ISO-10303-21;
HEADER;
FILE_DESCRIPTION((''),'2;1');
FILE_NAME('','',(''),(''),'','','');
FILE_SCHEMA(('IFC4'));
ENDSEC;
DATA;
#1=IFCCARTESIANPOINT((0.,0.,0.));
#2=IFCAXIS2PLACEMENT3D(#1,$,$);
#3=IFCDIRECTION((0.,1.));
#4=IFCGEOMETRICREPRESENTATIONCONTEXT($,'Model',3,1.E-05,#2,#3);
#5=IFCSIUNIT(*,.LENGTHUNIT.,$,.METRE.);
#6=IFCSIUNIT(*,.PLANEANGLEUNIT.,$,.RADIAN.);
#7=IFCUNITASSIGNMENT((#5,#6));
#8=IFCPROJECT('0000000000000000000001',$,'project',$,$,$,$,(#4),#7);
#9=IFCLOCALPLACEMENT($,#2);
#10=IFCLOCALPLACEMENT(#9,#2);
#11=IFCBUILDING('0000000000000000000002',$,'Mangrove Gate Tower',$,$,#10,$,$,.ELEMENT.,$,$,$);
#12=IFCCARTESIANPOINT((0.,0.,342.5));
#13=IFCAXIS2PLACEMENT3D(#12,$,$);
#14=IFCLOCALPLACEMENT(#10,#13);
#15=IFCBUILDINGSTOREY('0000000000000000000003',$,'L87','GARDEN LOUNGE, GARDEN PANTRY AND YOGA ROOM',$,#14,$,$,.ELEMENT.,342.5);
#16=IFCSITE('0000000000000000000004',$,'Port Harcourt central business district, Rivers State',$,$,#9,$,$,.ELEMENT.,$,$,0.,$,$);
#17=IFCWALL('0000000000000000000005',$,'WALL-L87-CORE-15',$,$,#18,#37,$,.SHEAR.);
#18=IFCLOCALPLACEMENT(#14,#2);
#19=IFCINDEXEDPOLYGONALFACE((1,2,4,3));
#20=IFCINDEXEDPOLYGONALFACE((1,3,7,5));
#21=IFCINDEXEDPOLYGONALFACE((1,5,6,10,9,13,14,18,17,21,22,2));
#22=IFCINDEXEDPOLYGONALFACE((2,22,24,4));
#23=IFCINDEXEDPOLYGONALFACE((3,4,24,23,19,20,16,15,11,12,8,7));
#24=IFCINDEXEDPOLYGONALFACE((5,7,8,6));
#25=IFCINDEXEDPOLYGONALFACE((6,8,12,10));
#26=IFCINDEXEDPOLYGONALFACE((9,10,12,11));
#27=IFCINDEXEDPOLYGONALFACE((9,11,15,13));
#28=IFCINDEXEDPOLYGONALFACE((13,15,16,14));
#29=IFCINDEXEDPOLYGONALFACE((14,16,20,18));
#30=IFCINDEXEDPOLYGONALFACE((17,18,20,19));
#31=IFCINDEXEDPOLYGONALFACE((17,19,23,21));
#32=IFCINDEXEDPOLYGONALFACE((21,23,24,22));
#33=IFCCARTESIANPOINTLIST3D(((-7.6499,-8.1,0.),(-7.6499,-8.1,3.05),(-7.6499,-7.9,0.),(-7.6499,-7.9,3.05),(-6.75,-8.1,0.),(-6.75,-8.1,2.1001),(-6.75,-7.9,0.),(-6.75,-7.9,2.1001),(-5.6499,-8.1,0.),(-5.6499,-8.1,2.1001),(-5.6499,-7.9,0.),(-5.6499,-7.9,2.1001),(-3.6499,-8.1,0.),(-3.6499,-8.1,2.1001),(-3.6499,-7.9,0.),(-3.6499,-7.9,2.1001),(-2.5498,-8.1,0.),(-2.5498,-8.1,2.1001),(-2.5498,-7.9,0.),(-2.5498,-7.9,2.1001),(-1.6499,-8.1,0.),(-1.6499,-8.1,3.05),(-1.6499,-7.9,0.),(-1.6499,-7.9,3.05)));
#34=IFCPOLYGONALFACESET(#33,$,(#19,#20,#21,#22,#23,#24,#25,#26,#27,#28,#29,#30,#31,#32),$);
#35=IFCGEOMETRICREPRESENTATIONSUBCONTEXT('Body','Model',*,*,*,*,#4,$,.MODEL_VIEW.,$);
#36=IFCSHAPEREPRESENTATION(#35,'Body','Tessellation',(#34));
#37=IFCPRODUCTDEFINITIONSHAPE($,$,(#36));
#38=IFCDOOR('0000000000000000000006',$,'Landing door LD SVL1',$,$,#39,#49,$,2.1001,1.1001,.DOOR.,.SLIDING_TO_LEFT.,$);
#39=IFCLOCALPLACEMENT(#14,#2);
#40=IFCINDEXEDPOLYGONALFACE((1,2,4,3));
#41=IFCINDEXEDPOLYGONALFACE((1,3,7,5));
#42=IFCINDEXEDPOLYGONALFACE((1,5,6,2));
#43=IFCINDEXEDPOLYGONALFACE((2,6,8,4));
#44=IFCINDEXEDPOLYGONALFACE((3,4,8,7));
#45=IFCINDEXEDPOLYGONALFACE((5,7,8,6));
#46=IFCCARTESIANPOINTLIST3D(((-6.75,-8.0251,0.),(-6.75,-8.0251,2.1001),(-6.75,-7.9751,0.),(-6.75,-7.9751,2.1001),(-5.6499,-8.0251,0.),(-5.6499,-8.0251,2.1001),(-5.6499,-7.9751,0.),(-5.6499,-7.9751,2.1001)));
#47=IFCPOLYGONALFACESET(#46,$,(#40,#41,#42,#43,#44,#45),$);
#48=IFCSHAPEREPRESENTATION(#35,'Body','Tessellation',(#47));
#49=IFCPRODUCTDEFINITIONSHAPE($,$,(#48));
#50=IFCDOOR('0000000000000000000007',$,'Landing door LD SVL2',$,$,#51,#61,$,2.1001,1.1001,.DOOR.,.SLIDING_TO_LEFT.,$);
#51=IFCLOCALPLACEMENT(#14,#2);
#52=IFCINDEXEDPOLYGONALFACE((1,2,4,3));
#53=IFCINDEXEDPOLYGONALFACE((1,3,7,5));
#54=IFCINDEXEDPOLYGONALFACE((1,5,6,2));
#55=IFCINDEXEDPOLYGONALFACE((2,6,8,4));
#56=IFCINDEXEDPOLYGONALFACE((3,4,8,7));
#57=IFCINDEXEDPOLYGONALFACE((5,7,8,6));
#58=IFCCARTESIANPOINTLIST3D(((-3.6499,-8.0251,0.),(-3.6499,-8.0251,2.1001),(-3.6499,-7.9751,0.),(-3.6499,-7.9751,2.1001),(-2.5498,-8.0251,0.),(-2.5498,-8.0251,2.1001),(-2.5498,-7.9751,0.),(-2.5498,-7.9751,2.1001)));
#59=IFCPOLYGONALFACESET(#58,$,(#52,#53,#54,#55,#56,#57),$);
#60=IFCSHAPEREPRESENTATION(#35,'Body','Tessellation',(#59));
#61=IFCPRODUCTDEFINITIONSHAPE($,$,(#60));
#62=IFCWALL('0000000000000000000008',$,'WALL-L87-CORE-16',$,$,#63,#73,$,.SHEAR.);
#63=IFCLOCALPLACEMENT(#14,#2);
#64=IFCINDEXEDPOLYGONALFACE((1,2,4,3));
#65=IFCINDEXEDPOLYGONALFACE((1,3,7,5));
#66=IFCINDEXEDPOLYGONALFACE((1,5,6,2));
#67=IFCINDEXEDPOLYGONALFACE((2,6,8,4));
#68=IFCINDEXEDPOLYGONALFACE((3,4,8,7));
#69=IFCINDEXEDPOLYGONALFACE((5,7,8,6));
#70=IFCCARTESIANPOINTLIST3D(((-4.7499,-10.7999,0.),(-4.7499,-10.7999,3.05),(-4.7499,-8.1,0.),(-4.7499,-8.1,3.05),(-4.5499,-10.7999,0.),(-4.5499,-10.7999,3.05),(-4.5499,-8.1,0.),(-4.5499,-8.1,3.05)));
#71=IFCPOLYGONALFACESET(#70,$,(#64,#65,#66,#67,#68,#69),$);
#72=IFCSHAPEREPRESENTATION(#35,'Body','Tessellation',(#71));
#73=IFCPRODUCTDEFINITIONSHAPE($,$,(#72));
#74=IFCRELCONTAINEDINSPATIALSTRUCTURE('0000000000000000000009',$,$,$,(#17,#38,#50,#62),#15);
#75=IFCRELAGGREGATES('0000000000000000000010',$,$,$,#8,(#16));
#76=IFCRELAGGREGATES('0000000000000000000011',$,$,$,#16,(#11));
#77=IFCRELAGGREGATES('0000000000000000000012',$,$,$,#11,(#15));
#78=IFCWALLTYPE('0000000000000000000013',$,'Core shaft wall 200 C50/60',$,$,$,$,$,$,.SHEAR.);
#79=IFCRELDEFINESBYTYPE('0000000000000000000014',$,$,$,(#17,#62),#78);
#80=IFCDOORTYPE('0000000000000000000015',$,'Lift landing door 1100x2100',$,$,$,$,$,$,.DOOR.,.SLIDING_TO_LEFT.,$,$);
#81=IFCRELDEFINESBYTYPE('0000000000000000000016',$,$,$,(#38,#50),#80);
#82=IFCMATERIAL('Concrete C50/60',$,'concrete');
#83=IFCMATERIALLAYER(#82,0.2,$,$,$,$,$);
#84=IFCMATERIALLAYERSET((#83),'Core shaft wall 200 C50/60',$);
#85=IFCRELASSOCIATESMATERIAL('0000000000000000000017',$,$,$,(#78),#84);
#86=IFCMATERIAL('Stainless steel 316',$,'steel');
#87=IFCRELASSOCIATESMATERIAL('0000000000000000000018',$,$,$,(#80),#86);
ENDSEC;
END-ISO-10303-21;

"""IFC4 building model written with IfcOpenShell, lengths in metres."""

from ifc_helpers import new_model, si_unit, direction, frame, frame_2d, origin, place, context, subcontext, project, spatial, rectangle, extrude, material, layer, layer_set, type_object, element, fill, save


model = new_model("IFC4")

# Units and contexts
model_context = context("Model", 3, precision=1e-05, world=origin(), true_north=direction((0.0, 1.0)))
body_context = subcontext(model_context, "Body", "Model", "MODEL_VIEW")
ifc_project = project(units=[si_unit("LENGTHUNIT", "METRE"), si_unit("PLANEANGLEUNIT", "RADIAN")], contexts=[model_context])

# Site, building, storey
site_placement = place(None, origin())
site = spatial("IfcSite", under=ifc_project, at=site_placement, Name="Port Harcourt central business district, Rivers State", CompositionType="ELEMENT", RefElevation=0.0)
building_placement = place(site_placement, origin())
building = spatial("IfcBuilding", under=site, at=building_placement, Name="Mangrove Gate Tower", CompositionType="ELEMENT")
storey_placement = place(building_placement, frame((0.0, 0.0, 342.5)))
storey = spatial("IfcBuildingStorey", under=building, at=storey_placement, Name="L87", Description="GARDEN LOUNGE, GARDEN PANTRY AND YOGA ROOM", CompositionType="ELEMENT", Elevation=342.5)

# Wall, openings, doors
ifc_material_1 = material(Name="Concrete C50/60", Category="concrete")
ifc_layer_1 = layer(ifc_material_1, 0.2)
ifc_layer_set_1 = layer_set([ifc_layer_1], Name="Core shaft wall 200 C50/60")
wall_type_1 = type_object("IfcWallType", Name="Core shaft wall 200 C50/60", PredefinedType="SHEAR", material=ifc_layer_set_1)
wall_1_placement = place(storey_placement, frame((-7.6499, -8.0, 0.0), z_axis=(0.0, 0.0, 1.0), x_axis=(1.0, 0.0, 0.0)))
wall_1 = element("IfcWall", 1, at=wall_1_placement, inside=storey, type_object=wall_type_1, Name="WALL-L87-CORE-15", PredefinedType="SHEAR", context=body_context, shape_type="SweptSolid", body=[
    extrude(rectangle(XDim=6.0, YDim=0.2, at=frame_2d((3.0, 0.0))), origin(), (0.0, 0.0, 1.0), 3.05),
])
opening_1_placement = place(wall_1_placement, frame((0.8999, 0.0, 0.0)))
opening_1 = element("IfcOpeningElement", 2, at=opening_1_placement, cuts=wall_1, PredefinedType="OPENING", context=body_context, shape_type="SweptSolid", body=[
    extrude(rectangle(XDim=1.1001, YDim=2.1001, at=frame_2d((0.55, 1.05))), frame((0.0, 0.1099, 0.0), z_axis=(0.0, -1.0, 0.0), x_axis=(1.0, 0.0, 0.0)), (0.0, 0.0, 1.0), 0.22),
])
opening_2_placement = place(wall_1_placement, frame((4.0, 0.0, 0.0)))
opening_2 = element("IfcOpeningElement", 3, at=opening_2_placement, cuts=wall_1, PredefinedType="OPENING", context=body_context, shape_type="SweptSolid", body=[
    extrude(rectangle(XDim=1.1001, YDim=2.1001, at=frame_2d((0.55, 1.05))), frame((0.0, 0.1099, 0.0), z_axis=(0.0, -1.0, 0.0), x_axis=(1.0, 0.0, 0.0)), (0.0, 0.0, 1.0), 0.22),
])
ifc_material_2 = material(Name="Stainless steel 316", Category="steel")
door_type_1 = type_object("IfcDoorType", Name="Lift landing door 1100x2100", OperationType="SLIDING_TO_LEFT", PredefinedType="DOOR", material=ifc_material_2)
door_1_placement = place(opening_1_placement, origin())
door_1 = element("IfcDoor", 4, at=door_1_placement, inside=storey, type_object=door_type_1, Name="Landing door LD SVL1", OperationType="SLIDING_TO_LEFT", OverallHeight=2.1001, OverallWidth=1.1001, PredefinedType="DOOR", context=body_context, shape_type="SweptSolid", body=[
    extrude(rectangle(XDim=1.1001, YDim=2.1001, at=frame_2d((0.55, 1.05))), frame((0.0, 0.0249, 0.0), z_axis=(0.0, -1.0, 0.0), x_axis=(1.0, 0.0, 0.0)), (0.0, 0.0, 1.0), 0.05),
])
fill(opening_1, door_1)
door_2_placement = place(opening_2_placement, origin())
door_2 = element("IfcDoor", 5, at=door_2_placement, inside=storey, type_object=door_type_1, Name="Landing door LD SVL2", OperationType="SLIDING_TO_LEFT", OverallHeight=2.1001, OverallWidth=1.1001, PredefinedType="DOOR", context=body_context, shape_type="SweptSolid", body=[
    extrude(rectangle(XDim=1.1001, YDim=2.1001, at=frame_2d((0.55, 1.05))), frame((0.0, 0.0249, 0.0), z_axis=(0.0, -1.0, 0.0), x_axis=(1.0, 0.0, 0.0)), (0.0, 0.0, 1.0), 0.05),
])
fill(opening_2, door_2)

# Wall
wall_2_placement = place(storey_placement, frame((-4.6499, -10.8, 0.0), z_axis=(0.0, 0.0, 1.0), x_axis=(0.0, 1.0, 0.0)))
element("IfcWall", 6, at=wall_2_placement, inside=storey, type_object=wall_type_1, Name="WALL-L87-CORE-16", PredefinedType="SHEAR", context=body_context, shape_type="SweptSolid", body=[
    extrude(rectangle(XDim=2.7, YDim=0.2, at=frame_2d((1.3501, 0.0))), origin(), (0.0, 0.0, 1.0), 3.05),
])

save(model, "model.ifc")
